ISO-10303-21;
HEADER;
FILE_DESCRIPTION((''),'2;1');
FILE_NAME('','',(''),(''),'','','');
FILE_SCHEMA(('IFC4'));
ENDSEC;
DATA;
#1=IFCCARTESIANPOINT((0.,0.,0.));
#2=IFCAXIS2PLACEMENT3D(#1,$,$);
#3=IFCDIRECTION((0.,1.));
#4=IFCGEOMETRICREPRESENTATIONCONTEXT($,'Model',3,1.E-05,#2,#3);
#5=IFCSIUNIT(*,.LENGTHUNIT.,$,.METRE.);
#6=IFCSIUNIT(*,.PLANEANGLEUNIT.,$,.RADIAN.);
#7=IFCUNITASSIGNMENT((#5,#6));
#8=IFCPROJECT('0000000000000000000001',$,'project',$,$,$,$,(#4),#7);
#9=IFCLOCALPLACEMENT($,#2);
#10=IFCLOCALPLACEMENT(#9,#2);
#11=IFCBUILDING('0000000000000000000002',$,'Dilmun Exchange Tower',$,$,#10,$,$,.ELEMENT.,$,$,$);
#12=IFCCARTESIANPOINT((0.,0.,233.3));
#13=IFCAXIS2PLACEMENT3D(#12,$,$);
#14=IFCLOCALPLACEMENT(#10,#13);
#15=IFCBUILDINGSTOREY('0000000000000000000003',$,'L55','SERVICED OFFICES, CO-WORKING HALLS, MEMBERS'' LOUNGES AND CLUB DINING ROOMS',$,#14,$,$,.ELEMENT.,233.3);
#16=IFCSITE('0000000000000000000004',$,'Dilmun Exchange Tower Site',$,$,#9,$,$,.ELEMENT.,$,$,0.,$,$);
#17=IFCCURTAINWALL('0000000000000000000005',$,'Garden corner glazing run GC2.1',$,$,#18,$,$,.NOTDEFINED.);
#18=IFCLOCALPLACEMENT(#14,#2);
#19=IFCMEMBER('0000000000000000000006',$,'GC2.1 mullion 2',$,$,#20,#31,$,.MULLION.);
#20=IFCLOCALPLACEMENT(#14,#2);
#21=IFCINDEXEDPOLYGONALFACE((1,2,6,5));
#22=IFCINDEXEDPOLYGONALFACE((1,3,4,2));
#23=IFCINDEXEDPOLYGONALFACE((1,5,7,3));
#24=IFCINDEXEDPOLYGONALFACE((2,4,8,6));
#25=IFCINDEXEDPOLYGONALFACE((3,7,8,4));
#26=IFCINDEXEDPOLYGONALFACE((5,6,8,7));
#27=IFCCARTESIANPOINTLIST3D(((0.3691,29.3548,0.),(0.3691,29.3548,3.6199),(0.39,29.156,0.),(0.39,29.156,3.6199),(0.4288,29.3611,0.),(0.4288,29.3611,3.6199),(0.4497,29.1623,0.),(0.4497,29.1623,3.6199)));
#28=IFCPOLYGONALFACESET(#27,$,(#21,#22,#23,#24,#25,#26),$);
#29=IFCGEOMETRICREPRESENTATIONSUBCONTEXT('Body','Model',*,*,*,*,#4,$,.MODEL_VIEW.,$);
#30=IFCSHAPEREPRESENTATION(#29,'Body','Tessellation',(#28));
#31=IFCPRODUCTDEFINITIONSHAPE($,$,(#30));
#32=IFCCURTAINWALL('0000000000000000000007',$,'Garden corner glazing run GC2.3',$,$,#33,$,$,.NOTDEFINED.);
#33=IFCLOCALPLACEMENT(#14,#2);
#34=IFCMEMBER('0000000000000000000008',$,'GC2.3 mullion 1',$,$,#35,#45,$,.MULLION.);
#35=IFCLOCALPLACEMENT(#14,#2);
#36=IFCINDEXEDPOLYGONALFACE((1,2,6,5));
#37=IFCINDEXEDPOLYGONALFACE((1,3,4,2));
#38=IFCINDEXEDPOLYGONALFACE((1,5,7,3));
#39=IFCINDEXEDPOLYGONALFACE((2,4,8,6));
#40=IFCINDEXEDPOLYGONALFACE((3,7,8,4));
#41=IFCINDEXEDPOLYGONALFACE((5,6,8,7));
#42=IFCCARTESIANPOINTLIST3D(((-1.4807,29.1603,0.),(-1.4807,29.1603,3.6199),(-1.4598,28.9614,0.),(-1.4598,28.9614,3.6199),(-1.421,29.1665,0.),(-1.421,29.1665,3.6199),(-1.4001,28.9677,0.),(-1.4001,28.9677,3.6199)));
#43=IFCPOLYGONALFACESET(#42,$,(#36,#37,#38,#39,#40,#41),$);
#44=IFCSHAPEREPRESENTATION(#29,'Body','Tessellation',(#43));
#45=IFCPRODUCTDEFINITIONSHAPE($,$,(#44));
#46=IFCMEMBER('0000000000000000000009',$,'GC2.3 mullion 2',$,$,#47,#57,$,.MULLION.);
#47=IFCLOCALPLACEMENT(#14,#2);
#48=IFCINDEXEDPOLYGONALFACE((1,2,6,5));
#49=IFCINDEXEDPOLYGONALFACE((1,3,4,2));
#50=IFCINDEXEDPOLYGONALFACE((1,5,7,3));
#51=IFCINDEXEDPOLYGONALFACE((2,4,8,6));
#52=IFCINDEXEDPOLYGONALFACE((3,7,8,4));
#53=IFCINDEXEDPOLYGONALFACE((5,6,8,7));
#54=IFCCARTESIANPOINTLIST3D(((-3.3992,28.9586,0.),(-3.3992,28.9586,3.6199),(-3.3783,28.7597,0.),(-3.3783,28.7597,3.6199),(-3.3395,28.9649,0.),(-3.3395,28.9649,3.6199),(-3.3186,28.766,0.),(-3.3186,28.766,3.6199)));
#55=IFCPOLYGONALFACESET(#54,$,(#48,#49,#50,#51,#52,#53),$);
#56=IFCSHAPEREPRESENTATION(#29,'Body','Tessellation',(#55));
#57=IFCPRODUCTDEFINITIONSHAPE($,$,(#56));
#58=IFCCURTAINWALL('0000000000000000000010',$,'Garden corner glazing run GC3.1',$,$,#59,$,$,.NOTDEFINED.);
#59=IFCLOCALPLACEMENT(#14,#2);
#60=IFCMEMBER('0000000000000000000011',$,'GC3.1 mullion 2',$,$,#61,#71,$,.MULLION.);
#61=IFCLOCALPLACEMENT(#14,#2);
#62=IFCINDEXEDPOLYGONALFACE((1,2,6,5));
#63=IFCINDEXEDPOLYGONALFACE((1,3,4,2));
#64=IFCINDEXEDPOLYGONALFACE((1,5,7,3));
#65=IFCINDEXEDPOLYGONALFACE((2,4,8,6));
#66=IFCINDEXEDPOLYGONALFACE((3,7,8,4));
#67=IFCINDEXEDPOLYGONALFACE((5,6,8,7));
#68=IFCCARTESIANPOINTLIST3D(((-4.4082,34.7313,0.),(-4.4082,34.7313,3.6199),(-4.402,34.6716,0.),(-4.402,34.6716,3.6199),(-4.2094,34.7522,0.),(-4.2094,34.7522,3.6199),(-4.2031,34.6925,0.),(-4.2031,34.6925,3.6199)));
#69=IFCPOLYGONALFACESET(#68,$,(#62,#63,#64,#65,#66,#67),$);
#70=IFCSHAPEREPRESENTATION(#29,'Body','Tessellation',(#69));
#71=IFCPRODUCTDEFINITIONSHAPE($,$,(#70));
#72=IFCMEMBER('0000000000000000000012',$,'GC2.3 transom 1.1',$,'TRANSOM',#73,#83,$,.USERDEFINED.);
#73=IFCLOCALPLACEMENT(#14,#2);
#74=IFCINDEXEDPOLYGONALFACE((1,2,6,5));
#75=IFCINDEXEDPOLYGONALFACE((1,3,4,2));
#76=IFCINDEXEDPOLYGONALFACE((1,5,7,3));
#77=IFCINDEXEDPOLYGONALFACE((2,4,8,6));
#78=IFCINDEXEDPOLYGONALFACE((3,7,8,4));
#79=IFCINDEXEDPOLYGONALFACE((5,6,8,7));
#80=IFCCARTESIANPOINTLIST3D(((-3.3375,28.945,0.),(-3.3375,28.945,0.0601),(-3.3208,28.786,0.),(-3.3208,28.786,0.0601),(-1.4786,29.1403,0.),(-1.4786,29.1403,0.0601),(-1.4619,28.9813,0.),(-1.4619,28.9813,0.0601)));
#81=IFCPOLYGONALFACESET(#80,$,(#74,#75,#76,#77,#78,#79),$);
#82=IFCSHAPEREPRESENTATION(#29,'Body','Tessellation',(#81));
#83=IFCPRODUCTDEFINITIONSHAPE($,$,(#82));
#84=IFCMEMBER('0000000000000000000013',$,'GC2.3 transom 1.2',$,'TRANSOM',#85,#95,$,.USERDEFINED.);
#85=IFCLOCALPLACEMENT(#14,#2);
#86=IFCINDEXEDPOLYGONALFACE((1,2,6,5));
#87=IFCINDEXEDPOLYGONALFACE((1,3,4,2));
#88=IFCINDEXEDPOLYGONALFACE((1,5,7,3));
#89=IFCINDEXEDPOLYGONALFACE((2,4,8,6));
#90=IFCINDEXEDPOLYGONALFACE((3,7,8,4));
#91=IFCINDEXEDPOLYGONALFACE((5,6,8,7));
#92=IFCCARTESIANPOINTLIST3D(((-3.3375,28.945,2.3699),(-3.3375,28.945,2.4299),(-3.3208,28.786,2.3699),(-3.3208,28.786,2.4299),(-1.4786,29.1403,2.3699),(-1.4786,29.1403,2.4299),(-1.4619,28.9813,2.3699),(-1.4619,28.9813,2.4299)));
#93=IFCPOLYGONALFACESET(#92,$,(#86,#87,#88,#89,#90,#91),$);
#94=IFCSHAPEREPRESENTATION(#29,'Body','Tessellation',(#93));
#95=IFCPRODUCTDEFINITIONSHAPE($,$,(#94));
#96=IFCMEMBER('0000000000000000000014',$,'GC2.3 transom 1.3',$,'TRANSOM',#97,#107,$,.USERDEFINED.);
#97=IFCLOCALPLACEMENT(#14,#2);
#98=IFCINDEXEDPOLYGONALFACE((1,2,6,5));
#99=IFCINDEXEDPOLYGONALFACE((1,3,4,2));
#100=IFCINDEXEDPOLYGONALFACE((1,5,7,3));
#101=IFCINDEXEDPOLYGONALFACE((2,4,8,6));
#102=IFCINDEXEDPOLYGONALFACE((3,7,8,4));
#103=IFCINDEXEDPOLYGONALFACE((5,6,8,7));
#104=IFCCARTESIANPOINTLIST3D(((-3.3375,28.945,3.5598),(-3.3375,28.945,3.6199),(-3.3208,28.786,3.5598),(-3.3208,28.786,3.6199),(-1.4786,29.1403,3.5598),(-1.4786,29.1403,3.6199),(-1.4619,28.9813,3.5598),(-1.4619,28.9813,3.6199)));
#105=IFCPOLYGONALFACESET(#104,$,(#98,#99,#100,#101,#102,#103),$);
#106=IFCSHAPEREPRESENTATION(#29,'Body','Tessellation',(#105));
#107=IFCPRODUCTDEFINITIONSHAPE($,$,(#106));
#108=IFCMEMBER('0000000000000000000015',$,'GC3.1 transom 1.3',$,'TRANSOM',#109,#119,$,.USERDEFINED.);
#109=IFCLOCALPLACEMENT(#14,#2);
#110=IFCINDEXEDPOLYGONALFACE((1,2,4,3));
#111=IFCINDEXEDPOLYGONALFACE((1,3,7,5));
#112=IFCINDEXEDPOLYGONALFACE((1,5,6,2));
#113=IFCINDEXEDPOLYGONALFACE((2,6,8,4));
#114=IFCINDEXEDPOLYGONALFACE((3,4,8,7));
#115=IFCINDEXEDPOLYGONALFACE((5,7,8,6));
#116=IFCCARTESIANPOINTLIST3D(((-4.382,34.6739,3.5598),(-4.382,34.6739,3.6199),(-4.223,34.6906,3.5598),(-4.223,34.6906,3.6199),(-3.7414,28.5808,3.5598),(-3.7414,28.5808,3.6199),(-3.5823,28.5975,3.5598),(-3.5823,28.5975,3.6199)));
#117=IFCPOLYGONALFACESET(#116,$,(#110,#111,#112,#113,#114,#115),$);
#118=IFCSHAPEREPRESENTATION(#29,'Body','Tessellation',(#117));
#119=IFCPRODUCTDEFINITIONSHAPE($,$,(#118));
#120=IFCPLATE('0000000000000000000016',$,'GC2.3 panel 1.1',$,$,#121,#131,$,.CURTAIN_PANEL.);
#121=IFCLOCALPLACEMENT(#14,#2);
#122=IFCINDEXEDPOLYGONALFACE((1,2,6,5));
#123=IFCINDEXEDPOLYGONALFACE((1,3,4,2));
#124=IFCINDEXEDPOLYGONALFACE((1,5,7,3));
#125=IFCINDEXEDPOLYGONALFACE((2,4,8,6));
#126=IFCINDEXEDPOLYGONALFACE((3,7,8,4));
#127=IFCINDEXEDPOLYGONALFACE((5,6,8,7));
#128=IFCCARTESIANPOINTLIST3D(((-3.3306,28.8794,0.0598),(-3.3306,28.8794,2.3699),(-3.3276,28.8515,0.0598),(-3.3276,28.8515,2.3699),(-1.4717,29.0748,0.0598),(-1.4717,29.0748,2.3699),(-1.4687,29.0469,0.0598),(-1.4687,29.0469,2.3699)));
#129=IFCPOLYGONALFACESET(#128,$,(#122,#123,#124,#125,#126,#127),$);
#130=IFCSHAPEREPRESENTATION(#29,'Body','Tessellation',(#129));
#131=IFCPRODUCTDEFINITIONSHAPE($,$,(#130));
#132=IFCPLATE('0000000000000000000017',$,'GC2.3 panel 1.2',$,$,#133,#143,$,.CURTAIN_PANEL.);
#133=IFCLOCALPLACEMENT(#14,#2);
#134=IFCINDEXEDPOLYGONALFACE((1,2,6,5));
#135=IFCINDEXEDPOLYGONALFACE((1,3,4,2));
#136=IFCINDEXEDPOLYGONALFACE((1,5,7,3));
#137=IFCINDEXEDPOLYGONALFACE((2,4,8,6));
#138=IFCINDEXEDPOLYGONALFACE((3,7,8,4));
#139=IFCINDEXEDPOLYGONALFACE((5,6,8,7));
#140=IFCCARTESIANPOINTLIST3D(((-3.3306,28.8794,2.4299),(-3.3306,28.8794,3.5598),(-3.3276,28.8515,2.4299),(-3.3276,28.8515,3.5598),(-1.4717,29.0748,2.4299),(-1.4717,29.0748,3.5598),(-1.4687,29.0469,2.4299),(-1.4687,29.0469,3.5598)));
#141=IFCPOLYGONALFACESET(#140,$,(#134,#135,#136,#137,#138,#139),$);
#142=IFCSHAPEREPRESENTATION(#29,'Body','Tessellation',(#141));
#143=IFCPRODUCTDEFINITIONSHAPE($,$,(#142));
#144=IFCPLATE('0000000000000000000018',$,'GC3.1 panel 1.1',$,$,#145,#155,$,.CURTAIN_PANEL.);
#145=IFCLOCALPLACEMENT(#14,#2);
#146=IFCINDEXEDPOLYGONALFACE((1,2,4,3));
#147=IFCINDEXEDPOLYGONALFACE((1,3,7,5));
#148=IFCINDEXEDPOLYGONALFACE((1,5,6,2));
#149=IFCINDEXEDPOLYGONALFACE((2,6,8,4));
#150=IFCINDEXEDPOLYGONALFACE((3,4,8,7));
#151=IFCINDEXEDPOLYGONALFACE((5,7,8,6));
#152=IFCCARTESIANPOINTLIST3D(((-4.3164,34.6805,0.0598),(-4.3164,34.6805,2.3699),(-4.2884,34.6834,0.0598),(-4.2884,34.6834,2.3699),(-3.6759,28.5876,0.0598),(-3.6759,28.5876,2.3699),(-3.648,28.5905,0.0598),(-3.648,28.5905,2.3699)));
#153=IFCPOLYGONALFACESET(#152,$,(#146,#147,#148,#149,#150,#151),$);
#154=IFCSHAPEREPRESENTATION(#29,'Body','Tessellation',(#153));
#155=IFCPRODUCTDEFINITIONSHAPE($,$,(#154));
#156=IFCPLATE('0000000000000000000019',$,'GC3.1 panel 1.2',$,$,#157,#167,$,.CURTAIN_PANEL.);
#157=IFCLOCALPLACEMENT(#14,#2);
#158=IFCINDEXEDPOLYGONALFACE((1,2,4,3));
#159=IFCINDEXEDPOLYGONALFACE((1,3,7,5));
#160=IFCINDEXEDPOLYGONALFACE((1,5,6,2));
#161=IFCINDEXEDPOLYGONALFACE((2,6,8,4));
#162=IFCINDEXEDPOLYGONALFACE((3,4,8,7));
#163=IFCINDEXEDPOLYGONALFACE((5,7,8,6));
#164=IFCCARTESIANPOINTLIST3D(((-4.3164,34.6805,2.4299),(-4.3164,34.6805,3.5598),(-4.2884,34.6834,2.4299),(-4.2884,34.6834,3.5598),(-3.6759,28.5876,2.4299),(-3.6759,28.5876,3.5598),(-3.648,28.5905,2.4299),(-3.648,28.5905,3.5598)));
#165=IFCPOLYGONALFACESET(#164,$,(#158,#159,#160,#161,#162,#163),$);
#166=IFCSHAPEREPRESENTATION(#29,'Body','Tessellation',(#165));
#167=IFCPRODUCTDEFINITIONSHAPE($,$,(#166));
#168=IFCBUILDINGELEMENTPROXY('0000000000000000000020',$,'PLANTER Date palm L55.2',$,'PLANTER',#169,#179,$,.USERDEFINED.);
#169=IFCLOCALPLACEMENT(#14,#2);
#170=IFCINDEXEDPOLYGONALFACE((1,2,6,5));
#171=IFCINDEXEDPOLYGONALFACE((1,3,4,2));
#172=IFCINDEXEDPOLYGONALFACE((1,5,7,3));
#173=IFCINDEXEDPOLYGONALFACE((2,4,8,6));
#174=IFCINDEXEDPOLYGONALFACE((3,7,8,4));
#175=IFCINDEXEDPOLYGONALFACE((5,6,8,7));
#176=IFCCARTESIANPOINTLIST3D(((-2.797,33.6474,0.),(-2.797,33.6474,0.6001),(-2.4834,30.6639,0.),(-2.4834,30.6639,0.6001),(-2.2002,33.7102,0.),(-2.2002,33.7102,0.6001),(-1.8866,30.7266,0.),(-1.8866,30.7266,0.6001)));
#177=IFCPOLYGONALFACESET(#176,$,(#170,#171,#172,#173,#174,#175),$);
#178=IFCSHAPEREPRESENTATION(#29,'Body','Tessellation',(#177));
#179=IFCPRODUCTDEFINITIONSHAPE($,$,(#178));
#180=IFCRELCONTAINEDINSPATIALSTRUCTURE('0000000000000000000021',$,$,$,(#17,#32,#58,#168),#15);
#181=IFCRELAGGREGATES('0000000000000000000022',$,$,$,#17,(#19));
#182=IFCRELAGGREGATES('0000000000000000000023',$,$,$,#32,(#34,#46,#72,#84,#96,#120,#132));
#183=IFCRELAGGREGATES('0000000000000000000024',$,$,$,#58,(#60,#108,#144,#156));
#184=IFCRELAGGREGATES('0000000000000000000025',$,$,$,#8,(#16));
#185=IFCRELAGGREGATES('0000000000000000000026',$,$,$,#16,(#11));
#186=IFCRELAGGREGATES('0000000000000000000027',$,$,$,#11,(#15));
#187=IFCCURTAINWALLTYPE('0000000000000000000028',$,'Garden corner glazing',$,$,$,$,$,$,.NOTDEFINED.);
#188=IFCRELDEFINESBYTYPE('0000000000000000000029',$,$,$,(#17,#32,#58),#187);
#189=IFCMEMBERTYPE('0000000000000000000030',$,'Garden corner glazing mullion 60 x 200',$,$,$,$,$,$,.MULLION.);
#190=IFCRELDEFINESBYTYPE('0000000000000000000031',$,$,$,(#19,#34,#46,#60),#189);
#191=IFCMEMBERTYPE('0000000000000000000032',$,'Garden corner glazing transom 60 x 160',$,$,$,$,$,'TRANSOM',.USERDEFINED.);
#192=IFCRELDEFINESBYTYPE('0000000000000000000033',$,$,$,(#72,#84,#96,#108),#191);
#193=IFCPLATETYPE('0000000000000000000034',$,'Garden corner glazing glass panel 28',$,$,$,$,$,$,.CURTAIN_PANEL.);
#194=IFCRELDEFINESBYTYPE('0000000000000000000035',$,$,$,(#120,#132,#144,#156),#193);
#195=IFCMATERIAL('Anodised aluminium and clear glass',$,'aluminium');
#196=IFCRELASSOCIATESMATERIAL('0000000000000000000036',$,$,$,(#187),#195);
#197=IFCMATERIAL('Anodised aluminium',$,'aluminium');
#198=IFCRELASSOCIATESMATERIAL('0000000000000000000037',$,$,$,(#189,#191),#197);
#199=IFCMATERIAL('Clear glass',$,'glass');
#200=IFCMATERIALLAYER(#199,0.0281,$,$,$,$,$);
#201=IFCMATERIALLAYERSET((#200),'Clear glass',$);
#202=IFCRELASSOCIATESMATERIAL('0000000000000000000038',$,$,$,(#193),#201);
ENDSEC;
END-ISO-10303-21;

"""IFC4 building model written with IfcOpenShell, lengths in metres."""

from ifc_helpers import new_model, si_unit, direction, frame, origin, origin_2d, place, context, subcontext, project, spatial, rectangle, extrude, material, layer, layer_set, material_profile, profile_set, type_object, element, aggregate, save


model = new_model("IFC4")

# Units and contexts
model_context = context("Model", 3, precision=1e-05, world=origin(), true_north=direction((0.0, 1.0)))
body_context = subcontext(model_context, "Body", "Model", "MODEL_VIEW")
ifc_project = project(units=[si_unit("LENGTHUNIT", "METRE"), si_unit("PLANEANGLEUNIT", "RADIAN")], contexts=[model_context])

# Site, building, storey
site_placement = place(None, origin())
site = spatial("IfcSite", under=ifc_project, at=site_placement, Name="Dilmun Exchange Tower Site", CompositionType="ELEMENT", RefElevation=0.0)
building_placement = place(site_placement, origin())
building = spatial("IfcBuilding", under=site, at=building_placement, Name="Dilmun Exchange Tower", CompositionType="ELEMENT")
storey_placement = place(building_placement, frame((0.0, 0.0, 233.3)))
storey = spatial("IfcBuildingStorey", under=building, at=storey_placement, Name="L55", Description="SERVICED OFFICES, CO-WORKING HALLS, MEMBERS' LOUNGES AND CLUB DINING ROOMS", CompositionType="ELEMENT", Elevation=233.3)

# Curtain wall, member
ifc_material_1 = material(Name="Anodised aluminium and clear glass", Category="aluminium")
curtain_wall_type = type_object("IfcCurtainWallType", Name="Garden corner glazing", PredefinedType="NOTDEFINED", material=ifc_material_1)
curtain_wall_1_placement = place(storey_placement, origin())
curtain_wall_1 = element("IfcCurtainWall", 1, at=curtain_wall_1_placement, inside=storey, type_object=curtain_wall_type, Name="Garden corner glazing run GC2.1", PredefinedType="NOTDEFINED")
ifc_material_2 = material(Name="Anodised aluminium", Category="aluminium")
ifc_material_profile_1 = material_profile(ifc_material_2, rectangle(XDim=0.2, YDim=0.0601, at=origin_2d()), Name="AL 60x200")
ifc_profile_set_1 = profile_set([ifc_material_profile_1], Name="Anodised aluminium")
member_type_1 = type_object("IfcMemberType", Name="Garden corner glazing mullion 60 x 200", PredefinedType="MULLION", material=ifc_profile_set_1)
member_1_placement = place(storey_placement, frame((0.4094, 29.2585, 0.0), z_axis=(0.0, 0.0, 1.0), x_axis=(0.104536, -0.994521, 0.0)))
member_1 = element("IfcMember", 2, at=member_1_placement, type_object=member_type_1, Name="GC2.1 mullion 2", PredefinedType="MULLION", context=body_context, shape_type="SweptSolid", body=[
    extrude(rectangle(XDim=0.2, YDim=0.0601, at=origin_2d()), origin(), (0.0, 0.0, 1.0), 3.6199),
])
aggregate(curtain_wall_1, [member_1])

# Curtain wall, members
curtain_wall_2_placement = place(storey_placement, origin())
curtain_wall_2 = element("IfcCurtainWall", 3, at=curtain_wall_2_placement, inside=storey, type_object=curtain_wall_type, Name="Garden corner glazing run GC2.3", PredefinedType="NOTDEFINED")
member_2_placement = place(storey_placement, frame((-1.4404, 29.064, 0.0), z_axis=(0.0, 0.0, 1.0), x_axis=(0.10452, -0.994523, 0.0)))
member_2 = element("IfcMember", 4, at=member_2_placement, type_object=member_type_1, Name="GC2.3 mullion 1", PredefinedType="MULLION", context=body_context, shape_type="SweptSolid", body=[
    extrude(rectangle(XDim=0.2, YDim=0.0601, at=origin_2d()), origin(), (0.0, 0.0, 1.0), 3.6199),
])
member_3_placement = place(storey_placement, frame((-3.3589, 28.8623, 0.0), z_axis=(0.0, 0.0, 1.0), x_axis=(0.10452, -0.994523, 0.0)))
member_3 = element("IfcMember", 5, at=member_3_placement, type_object=member_type_1, Name="GC2.3 mullion 2", PredefinedType="MULLION", context=body_context, shape_type="SweptSolid", body=[
    extrude(rectangle(XDim=0.2, YDim=0.0601, at=origin_2d()), origin(), (0.0, 0.0, 1.0), 3.6199),
])

# Curtain wall, member
curtain_wall_3_placement = place(storey_placement, origin())
curtain_wall_3 = element("IfcCurtainWall", 6, at=curtain_wall_3_placement, inside=storey, type_object=curtain_wall_type, Name="Garden corner glazing run GC3.1", PredefinedType="NOTDEFINED")
member_4_placement = place(storey_placement, frame((-4.3057, 34.7119, 0.0), z_axis=(0.0, 0.0, 1.0), x_axis=(-0.994521, -0.10454, 0.0)))
member_4 = element("IfcMember", 7, at=member_4_placement, type_object=member_type_1, Name="GC3.1 mullion 2", PredefinedType="MULLION", context=body_context, shape_type="SweptSolid", body=[
    extrude(rectangle(XDim=0.2, YDim=0.0601, at=origin_2d()), origin(), (0.0, 0.0, 1.0), 3.6199),
])

# Members
ifc_material_profile_2 = material_profile(ifc_material_2, rectangle(XDim=0.1599, YDim=0.0601, at=origin_2d()), Name="AL 60x160")
ifc_profile_set_2 = profile_set([ifc_material_profile_2], Name="Anodised aluminium")
member_type_2 = type_object("IfcMemberType", Name="Garden corner glazing transom 60 x 160", ElementType="TRANSOM", PredefinedType="USERDEFINED", material=ifc_profile_set_2)
member_5_placement = place(storey_placement, frame((-1.4702, 29.0608, 0.03), z_axis=(-0.994525, -0.104494, 0.0), x_axis=(0.104494, -0.994525, 0.0)))
member_5 = element("IfcMember", 8, at=member_5_placement, type_object=member_type_2, Name="GC2.3 transom 1.1", ObjectType="TRANSOM", PredefinedType="USERDEFINED", context=body_context, shape_type="SweptSolid", body=[
    extrude(rectangle(XDim=0.1599, YDim=0.0601, at=origin_2d()), origin(), (0.0, 0.0, 1.0), 1.8691),
])
member_6_placement = place(storey_placement, frame((-1.4702, 29.0608, 2.3999), z_axis=(-0.994525, -0.104494, 0.0), x_axis=(0.104494, -0.994525, 0.0)))
member_6 = element("IfcMember", 9, at=member_6_placement, type_object=member_type_2, Name="GC2.3 transom 1.2", ObjectType="TRANSOM", PredefinedType="USERDEFINED", context=body_context, shape_type="SweptSolid", body=[
    extrude(rectangle(XDim=0.1599, YDim=0.0601, at=origin_2d()), origin(), (0.0, 0.0, 1.0), 1.8691),
])
member_7_placement = place(storey_placement, frame((-1.4702, 29.0608, 3.5898), z_axis=(-0.994525, -0.104494, 0.0), x_axis=(0.104494, -0.994525, 0.0)))
member_7 = element("IfcMember", 10, at=member_7_placement, type_object=member_type_2, Name="GC2.3 transom 1.3", ObjectType="TRANSOM", PredefinedType="USERDEFINED", context=body_context, shape_type="SweptSolid", body=[
    extrude(rectangle(XDim=0.1599, YDim=0.0601, at=origin_2d()), origin(), (0.0, 0.0, 1.0), 1.8691),
])
member_8_placement = place(storey_placement, frame((-3.6619, 28.5891, 3.5898), z_axis=(-0.104564, 0.994518, 0.0), x_axis=(-0.994518, -0.104564, 0.0)))
member_8 = element("IfcMember", 11, at=member_8_placement, type_object=member_type_2, Name="GC3.1 transom 1.3", ObjectType="TRANSOM", PredefinedType="USERDEFINED", context=body_context, shape_type="SweptSolid", body=[
    extrude(rectangle(XDim=0.1599, YDim=0.0601, at=origin_2d()), origin(), (0.0, 0.0, 1.0), 6.1267),
])

# Plates
ifc_material_3 = material(Name="Clear glass", Category="glass")
ifc_layer_1 = layer(ifc_material_3, 0.0281)
ifc_layer_set_1 = layer_set([ifc_layer_1], Name="Clear glass")
plate_type = type_object("IfcPlateType", Name="Garden corner glazing glass panel 28", PredefinedType="CURTAIN_PANEL", material=ifc_layer_set_1)
plate_1_placement = place(storey_placement, frame((-2.3997, 28.9631, 0.0598), z_axis=(0.0, 0.0, 1.0), x_axis=(-0.994523, -0.10452, 0.0)))
plate_1 = element("IfcPlate", 12, at=plate_1_placement, type_object=plate_type, Name="GC2.3 panel 1.1", PredefinedType="CURTAIN_PANEL", context=body_context, shape_type="SweptSolid", body=[
    extrude(rectangle(XDim=1.8691, YDim=0.0281, at=origin_2d()), origin(), (0.0, 0.0, 1.0), 2.3101),
])
plate_2_placement = place(storey_placement, frame((-2.3997, 28.9631, 2.4299), z_axis=(0.0, 0.0, 1.0), x_axis=(-0.994523, -0.10452, 0.0)))
plate_2 = element("IfcPlate", 13, at=plate_2_placement, type_object=plate_type, Name="GC2.3 panel 1.2", PredefinedType="CURTAIN_PANEL", context=body_context, shape_type="SweptSolid", body=[
    extrude(rectangle(XDim=1.8691, YDim=0.0281, at=origin_2d()), origin(), (0.0, 0.0, 1.0), 1.1299),
])
aggregate(curtain_wall_2, [member_2, member_3, member_5, member_6, member_7, plate_1, plate_2])
plate_3_placement = place(storey_placement, frame((-3.9822, 31.6355, 0.0598), z_axis=(0.0, 0.0, 1.0), x_axis=(-0.10454, 0.994521, 0.0)))
plate_3 = element("IfcPlate", 14, at=plate_3_placement, type_object=plate_type, Name="GC3.1 panel 1.1", PredefinedType="CURTAIN_PANEL", context=body_context, shape_type="SweptSolid", body=[
    extrude(rectangle(XDim=6.1265, YDim=0.0281, at=origin_2d()), origin(), (0.0, 0.0, 1.0), 2.3101),
])
plate_4_placement = place(storey_placement, frame((-3.9822, 31.6355, 2.4299), z_axis=(0.0, 0.0, 1.0), x_axis=(-0.10454, 0.994521, 0.0)))
plate_4 = element("IfcPlate", 15, at=plate_4_placement, type_object=plate_type, Name="GC3.1 panel 1.2", PredefinedType="CURTAIN_PANEL", context=body_context, shape_type="SweptSolid", body=[
    extrude(rectangle(XDim=6.1265, YDim=0.0281, at=origin_2d()), origin(), (0.0, 0.0, 1.0), 1.1299),
])
aggregate(curtain_wall_3, [member_4, member_8, plate_3, plate_4])

# Building element proxy
proxy_placement = place(storey_placement, frame((-2.3418, 32.187, 0.0), z_axis=(0.0, 0.0, 1.0), x_axis=(-0.104528, 0.994522, 0.0)))
element("IfcBuildingElementProxy", 16, at=proxy_placement, inside=storey, Name="PLANTER Date palm L55.2", ObjectType="PLANTER", PredefinedType="USERDEFINED", context=body_context, shape_type="SweptSolid", body=[
    extrude(rectangle(XDim=3.0, YDim=0.6001, at=origin_2d()), origin(), (0.0, 0.0, 1.0), 0.6001),
])

save(model, "model.ifc")
